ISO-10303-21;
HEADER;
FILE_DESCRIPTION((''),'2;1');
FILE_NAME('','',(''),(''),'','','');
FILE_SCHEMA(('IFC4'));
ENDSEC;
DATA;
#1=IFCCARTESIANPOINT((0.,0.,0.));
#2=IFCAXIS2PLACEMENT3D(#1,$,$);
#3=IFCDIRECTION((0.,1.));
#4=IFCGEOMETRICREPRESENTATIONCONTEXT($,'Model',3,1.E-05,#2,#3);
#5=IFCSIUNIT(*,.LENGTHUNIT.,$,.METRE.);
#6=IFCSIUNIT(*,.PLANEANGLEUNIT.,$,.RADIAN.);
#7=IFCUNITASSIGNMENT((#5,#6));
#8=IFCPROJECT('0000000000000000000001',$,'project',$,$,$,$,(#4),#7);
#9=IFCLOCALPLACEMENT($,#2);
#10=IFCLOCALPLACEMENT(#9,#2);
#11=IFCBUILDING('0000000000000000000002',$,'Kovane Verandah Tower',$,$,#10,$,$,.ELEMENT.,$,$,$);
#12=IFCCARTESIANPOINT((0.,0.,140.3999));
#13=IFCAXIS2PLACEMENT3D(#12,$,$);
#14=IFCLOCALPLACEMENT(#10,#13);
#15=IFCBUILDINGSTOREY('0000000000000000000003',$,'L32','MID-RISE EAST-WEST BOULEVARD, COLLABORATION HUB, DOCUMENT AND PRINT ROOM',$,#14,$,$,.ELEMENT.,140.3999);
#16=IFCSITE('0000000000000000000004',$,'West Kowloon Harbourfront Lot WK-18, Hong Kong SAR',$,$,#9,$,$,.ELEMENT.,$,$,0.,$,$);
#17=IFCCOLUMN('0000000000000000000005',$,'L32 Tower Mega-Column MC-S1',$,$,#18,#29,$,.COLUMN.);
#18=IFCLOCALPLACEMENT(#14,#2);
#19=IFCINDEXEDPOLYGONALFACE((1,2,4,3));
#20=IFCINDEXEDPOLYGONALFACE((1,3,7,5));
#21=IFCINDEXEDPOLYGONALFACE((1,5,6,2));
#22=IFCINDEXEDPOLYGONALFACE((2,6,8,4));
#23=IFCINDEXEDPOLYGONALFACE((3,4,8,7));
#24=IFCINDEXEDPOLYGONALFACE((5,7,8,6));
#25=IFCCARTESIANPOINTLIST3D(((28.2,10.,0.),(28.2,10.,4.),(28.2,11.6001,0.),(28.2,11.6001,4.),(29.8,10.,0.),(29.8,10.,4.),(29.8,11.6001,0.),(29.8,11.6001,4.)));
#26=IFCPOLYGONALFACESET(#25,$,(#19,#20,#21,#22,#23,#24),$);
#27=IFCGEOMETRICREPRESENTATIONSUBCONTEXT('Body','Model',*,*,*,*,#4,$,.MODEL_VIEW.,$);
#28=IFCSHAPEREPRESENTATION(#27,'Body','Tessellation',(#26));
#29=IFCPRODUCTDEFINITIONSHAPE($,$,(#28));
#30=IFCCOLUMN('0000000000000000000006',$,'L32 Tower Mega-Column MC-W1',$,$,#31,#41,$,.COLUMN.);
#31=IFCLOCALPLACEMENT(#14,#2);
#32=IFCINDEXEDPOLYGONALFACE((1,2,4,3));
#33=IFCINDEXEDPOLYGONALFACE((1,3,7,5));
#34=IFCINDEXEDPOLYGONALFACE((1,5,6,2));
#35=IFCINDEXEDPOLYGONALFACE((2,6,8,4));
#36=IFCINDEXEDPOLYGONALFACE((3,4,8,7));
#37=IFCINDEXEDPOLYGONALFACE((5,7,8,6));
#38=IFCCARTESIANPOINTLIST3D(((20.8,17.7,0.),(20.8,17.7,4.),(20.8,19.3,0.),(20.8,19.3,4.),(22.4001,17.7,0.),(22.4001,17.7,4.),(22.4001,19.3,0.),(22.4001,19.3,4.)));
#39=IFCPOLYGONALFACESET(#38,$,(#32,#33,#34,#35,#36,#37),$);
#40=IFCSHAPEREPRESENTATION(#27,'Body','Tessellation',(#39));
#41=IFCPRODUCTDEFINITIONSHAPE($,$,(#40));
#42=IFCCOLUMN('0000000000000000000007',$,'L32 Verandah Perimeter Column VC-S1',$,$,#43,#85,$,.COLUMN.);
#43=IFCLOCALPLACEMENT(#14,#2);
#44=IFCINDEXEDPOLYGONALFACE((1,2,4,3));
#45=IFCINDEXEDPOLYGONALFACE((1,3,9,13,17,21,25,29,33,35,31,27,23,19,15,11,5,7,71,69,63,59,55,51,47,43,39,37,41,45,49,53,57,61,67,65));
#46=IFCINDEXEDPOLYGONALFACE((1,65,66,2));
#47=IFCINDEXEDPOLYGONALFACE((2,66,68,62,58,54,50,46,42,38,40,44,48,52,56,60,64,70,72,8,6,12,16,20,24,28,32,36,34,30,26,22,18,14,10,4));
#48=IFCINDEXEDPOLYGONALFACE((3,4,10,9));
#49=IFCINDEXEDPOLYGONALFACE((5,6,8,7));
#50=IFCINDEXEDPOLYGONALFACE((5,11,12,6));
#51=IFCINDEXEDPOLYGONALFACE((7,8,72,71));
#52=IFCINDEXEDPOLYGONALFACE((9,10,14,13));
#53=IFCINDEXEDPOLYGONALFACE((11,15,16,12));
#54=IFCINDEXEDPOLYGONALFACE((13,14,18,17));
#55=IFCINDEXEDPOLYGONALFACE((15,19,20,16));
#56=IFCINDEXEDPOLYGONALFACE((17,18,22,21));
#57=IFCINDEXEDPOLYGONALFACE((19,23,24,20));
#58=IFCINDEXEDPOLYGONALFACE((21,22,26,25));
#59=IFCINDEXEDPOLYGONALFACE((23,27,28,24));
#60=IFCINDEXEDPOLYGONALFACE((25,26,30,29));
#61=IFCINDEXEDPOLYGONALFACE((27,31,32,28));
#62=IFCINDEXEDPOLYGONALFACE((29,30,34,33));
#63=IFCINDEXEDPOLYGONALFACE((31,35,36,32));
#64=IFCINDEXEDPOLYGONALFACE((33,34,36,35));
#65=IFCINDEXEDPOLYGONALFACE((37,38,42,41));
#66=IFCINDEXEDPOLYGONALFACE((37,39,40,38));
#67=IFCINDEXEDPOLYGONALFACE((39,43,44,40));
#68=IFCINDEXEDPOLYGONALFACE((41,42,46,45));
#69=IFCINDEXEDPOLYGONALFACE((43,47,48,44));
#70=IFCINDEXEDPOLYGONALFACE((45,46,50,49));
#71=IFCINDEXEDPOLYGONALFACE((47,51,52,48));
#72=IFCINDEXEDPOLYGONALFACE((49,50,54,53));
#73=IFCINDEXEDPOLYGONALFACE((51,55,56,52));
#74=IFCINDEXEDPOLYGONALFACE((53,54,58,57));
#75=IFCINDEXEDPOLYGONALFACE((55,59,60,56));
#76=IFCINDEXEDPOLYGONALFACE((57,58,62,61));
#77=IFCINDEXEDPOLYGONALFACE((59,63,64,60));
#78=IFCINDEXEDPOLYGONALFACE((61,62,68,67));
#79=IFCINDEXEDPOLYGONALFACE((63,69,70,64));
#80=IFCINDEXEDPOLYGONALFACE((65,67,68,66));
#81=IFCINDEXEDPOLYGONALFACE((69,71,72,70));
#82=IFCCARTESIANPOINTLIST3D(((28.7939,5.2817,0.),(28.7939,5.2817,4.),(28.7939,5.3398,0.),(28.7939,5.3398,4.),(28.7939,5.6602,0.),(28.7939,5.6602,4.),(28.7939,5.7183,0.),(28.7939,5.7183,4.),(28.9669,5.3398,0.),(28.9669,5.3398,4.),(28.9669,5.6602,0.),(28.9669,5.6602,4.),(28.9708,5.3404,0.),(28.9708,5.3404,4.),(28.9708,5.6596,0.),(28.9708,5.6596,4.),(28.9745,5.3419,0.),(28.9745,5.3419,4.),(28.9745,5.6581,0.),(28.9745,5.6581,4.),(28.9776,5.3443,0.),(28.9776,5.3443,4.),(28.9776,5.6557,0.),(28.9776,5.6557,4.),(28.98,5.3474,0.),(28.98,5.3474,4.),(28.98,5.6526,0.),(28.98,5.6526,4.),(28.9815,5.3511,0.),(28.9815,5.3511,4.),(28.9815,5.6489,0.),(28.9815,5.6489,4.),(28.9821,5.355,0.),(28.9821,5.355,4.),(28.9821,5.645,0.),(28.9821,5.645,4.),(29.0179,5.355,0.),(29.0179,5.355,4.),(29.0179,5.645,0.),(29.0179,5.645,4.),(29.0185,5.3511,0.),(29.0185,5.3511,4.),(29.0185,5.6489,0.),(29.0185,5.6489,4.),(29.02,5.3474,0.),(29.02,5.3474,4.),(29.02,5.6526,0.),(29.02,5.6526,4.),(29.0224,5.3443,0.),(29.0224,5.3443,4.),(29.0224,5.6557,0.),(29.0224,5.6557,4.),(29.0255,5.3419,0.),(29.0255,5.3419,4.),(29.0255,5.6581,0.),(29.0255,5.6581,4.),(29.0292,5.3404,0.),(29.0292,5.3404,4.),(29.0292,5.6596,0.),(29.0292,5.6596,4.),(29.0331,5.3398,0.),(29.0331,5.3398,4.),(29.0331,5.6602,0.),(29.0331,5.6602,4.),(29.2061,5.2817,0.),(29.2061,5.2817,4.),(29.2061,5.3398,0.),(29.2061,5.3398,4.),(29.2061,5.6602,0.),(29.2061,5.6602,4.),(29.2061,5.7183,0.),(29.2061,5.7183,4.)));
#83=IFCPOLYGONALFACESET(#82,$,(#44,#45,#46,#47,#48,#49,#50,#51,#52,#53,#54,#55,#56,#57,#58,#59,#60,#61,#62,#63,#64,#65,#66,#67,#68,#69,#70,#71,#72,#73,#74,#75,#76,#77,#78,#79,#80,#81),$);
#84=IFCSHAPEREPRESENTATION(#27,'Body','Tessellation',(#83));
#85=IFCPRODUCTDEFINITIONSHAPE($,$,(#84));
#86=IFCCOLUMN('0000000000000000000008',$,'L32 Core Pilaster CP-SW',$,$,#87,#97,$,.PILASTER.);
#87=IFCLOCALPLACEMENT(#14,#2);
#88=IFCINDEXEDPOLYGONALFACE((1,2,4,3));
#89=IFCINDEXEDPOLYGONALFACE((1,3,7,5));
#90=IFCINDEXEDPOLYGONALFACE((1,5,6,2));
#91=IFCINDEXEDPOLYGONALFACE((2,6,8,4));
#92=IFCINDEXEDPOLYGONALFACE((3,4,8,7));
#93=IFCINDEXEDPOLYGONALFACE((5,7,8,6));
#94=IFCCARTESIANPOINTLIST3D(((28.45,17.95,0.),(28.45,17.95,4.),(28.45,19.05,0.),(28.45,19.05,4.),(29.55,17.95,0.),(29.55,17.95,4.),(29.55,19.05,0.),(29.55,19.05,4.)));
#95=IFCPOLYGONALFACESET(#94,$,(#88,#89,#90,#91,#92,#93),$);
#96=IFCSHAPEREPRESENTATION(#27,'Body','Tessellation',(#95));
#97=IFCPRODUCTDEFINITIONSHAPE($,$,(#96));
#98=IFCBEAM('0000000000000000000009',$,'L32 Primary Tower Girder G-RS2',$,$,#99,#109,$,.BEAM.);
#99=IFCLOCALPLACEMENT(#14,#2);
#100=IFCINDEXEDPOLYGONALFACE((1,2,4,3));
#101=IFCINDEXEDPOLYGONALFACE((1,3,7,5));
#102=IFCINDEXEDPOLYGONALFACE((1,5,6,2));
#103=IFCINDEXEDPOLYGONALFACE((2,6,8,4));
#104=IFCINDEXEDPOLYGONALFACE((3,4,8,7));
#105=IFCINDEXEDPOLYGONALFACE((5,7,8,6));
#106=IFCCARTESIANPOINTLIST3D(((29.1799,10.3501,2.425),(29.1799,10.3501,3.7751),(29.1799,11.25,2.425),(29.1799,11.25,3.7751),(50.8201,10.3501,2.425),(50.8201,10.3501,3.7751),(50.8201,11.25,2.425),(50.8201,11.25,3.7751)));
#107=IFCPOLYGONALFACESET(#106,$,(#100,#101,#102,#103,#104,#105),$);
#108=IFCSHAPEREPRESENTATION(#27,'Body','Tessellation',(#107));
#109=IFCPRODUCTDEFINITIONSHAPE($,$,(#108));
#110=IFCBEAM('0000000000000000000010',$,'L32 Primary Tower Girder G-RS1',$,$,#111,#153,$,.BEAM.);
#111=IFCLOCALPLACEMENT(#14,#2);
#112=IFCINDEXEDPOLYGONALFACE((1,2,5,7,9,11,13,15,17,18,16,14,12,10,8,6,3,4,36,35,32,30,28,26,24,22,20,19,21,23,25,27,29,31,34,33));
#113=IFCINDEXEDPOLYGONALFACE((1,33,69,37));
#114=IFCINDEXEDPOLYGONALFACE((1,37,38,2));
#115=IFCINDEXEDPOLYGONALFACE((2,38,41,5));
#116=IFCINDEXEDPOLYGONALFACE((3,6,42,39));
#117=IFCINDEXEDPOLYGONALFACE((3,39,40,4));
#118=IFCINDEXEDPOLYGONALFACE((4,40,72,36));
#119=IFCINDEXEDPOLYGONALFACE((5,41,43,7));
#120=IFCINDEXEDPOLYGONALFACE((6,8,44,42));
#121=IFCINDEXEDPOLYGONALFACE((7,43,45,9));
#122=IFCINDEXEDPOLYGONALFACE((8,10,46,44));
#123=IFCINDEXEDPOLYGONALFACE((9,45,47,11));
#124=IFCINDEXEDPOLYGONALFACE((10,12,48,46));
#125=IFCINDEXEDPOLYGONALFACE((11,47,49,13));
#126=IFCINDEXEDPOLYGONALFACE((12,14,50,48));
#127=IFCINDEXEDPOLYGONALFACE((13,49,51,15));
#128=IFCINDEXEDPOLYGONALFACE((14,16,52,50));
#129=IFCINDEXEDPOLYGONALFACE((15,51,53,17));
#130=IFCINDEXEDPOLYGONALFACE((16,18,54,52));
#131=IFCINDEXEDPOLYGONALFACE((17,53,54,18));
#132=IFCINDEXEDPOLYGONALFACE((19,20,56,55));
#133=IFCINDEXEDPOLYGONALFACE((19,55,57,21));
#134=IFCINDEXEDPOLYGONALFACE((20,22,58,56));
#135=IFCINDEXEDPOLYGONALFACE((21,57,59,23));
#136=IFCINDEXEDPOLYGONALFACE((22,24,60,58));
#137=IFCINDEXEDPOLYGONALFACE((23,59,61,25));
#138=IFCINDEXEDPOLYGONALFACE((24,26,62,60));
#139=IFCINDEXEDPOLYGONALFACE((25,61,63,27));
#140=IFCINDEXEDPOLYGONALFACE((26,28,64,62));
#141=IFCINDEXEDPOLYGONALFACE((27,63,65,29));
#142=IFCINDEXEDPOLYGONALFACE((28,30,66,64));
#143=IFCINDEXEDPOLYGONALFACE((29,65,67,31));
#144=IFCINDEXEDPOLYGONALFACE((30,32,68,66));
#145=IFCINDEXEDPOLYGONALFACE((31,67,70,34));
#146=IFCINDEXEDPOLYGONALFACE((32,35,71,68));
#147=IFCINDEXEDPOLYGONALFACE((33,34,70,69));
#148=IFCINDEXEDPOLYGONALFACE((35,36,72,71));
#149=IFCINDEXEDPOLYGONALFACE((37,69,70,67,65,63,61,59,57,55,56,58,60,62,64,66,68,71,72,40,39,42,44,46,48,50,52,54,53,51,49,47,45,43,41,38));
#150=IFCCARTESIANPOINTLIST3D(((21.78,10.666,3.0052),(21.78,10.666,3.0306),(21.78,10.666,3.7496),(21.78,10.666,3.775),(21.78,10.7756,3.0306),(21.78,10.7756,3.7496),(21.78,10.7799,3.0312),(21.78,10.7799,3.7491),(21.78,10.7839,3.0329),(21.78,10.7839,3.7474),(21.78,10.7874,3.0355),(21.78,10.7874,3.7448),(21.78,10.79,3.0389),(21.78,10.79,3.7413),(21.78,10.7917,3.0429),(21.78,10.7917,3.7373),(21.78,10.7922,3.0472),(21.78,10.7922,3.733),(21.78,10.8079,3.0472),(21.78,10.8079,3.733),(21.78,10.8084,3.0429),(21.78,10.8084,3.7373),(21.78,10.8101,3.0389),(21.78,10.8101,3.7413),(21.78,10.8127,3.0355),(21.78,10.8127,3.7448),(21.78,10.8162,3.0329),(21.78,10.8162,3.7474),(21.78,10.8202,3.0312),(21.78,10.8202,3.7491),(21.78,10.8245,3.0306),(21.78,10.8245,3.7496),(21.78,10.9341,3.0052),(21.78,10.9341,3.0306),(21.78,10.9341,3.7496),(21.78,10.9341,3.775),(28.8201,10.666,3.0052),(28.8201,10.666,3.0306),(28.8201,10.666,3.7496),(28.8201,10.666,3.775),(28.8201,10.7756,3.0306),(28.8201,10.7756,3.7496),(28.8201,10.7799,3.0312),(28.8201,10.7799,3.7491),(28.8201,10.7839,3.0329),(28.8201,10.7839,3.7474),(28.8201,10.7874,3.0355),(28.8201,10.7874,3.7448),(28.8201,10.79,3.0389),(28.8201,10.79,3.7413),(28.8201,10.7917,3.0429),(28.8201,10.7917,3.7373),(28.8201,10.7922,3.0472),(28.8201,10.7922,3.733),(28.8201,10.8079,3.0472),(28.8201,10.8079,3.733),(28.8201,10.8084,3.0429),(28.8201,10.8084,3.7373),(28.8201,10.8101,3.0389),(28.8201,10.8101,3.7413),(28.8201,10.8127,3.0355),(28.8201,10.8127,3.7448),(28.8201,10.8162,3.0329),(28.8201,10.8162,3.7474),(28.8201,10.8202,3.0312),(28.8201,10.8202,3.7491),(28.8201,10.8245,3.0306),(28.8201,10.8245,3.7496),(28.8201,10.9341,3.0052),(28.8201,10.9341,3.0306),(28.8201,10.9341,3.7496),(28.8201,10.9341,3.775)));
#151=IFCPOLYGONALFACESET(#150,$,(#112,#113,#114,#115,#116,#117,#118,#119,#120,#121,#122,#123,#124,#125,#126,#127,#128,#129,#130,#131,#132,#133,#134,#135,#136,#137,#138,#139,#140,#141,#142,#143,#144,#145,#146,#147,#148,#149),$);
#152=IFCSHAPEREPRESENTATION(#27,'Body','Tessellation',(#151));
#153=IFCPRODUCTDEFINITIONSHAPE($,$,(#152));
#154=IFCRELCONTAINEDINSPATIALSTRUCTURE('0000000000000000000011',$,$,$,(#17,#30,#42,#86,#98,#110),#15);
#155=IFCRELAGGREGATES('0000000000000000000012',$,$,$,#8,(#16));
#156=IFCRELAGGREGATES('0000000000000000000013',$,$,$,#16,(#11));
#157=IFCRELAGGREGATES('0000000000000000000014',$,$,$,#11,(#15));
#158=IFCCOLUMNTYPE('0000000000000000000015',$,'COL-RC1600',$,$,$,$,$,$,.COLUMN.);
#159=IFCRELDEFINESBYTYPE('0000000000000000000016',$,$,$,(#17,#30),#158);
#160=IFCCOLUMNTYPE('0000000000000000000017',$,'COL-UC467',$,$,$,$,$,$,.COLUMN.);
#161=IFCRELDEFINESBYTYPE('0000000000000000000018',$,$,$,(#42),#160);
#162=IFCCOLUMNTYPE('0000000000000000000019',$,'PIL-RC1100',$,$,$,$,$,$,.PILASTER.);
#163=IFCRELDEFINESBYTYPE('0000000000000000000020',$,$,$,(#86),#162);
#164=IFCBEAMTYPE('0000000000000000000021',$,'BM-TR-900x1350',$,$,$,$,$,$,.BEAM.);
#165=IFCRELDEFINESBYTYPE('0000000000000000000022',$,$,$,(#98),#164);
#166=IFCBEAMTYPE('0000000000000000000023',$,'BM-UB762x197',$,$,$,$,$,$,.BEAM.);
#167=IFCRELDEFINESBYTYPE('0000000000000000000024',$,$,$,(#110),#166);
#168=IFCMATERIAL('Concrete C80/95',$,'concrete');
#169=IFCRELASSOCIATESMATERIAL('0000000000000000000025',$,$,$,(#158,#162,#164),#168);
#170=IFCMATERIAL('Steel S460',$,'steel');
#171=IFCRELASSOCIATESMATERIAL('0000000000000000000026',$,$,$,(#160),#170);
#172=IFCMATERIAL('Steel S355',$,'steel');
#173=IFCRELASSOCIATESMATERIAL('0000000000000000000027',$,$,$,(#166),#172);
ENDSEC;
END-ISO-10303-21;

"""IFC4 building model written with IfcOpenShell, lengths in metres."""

from ifc_helpers import new_model, si_unit, direction, frame, origin, origin_2d, place, context, subcontext, project, spatial, rectangle, i_section, extrude, material, material_profile, profile_set, type_object, element, save


model = new_model("IFC4")

# Units and contexts
model_context = context("Model", 3, precision=1e-05, world=origin(), true_north=direction((0.0, 1.0)))
body_context = subcontext(model_context, "Body", "Model", "MODEL_VIEW")
ifc_project = project(units=[si_unit("LENGTHUNIT", "METRE"), si_unit("PLANEANGLEUNIT", "RADIAN")], contexts=[model_context])

# Site, building, storey
site_placement = place(None, origin())
site = spatial("IfcSite", under=ifc_project, at=site_placement, Name="West Kowloon Harbourfront Lot WK-18, Hong Kong SAR", CompositionType="ELEMENT", RefElevation=0.0)
building_placement = place(site_placement, origin())
building = spatial("IfcBuilding", under=site, at=building_placement, Name="Kovane Verandah Tower", CompositionType="ELEMENT")
storey_placement = place(building_placement, frame((0.0, 0.0, 140.3999)))
storey = spatial("IfcBuildingStorey", under=building, at=storey_placement, Name="L32", Description="MID-RISE EAST-WEST BOULEVARD, COLLABORATION HUB, DOCUMENT AND PRINT ROOM", CompositionType="ELEMENT", Elevation=140.3999)

# Columns
ifc_material_1 = material(Name="Concrete C80/95", Category="concrete")
ifc_material_profile_1 = material_profile(ifc_material_1, rectangle(XDim=1.6001, YDim=1.6001, at=origin_2d()), Name="RC1600x1600")
ifc_profile_set_1 = profile_set([ifc_material_profile_1], Name="Concrete C80/95")
column_type_1 = type_object("IfcColumnType", Name="COL-RC1600", PredefinedType="COLUMN", material=ifc_profile_set_1)
for number, where, z_axis, x_axis, name in (
    (1, (29.0, 10.8, 0.0), (0.0, 0.0, 1.0), (1.0, 0.0, 0.0), "L32 Tower Mega-Column MC-S1"),
    (2, (21.6001, 18.5, 0.0), (0.0, 0.0, 1.0), (1.0, 0.0, 0.0), "L32 Tower Mega-Column MC-W1"),
):
    element("IfcColumn", number, at=place(storey_placement, frame(where, z_axis=z_axis, x_axis=x_axis)), inside=storey, type_object=column_type_1, Name=name, PredefinedType="COLUMN", context=body_context, shape_type="SweptSolid", body=[
        extrude(rectangle(XDim=1.6001, YDim=1.6001, at=origin_2d()), origin(), (0.0, 0.0, 1.0), 4.0),
    ])
ifc_material_2 = material(Name="Steel S460", Category="steel")
ifc_material_profile_2 = material_profile(ifc_material_2, i_section(OverallWidth=0.4121, OverallDepth=0.4365, WebThickness=0.0359, FlangeThickness=0.0581, FilletRadius=0.0151, at=origin_2d()), Name="UC356x406x467")
ifc_profile_set_2 = profile_set([ifc_material_profile_2], Name="Steel S460")
column_type_2 = type_object("IfcColumnType", Name="COL-UC467", PredefinedType="COLUMN", material=ifc_profile_set_2)
column_1_placement = place(storey_placement, frame((29.0, 5.5, 0.0), z_axis=(0.0, 0.0, 1.0), x_axis=(1.0, 0.0, 0.0)))
element("IfcColumn", 3, at=column_1_placement, inside=storey, type_object=column_type_2, Name="L32 Verandah Perimeter Column VC-S1", PredefinedType="COLUMN", context=body_context, shape_type="SweptSolid", body=[
    extrude(i_section(OverallWidth=0.4121, OverallDepth=0.4365, WebThickness=0.0359, FlangeThickness=0.0581, FilletRadius=0.0151, at=origin_2d()), origin(), (0.0, 0.0, 1.0), 4.0),
])
ifc_material_profile_3 = material_profile(ifc_material_1, rectangle(XDim=1.1001, YDim=1.1001, at=origin_2d()), Name="RC1100x1100")
ifc_profile_set_3 = profile_set([ifc_material_profile_3], Name="Concrete C80/95")
column_type_3 = type_object("IfcColumnType", Name="PIL-RC1100", PredefinedType="PILASTER", material=ifc_profile_set_3)
column_2_placement = place(storey_placement, frame((29.0, 18.5, 0.0), z_axis=(0.0, 0.0, 1.0), x_axis=(1.0, 0.0, 0.0)))
element("IfcColumn", 4, at=column_2_placement, inside=storey, type_object=column_type_3, Name="L32 Core Pilaster CP-SW", PredefinedType="PILASTER", context=body_context, shape_type="SweptSolid", body=[
    extrude(rectangle(XDim=1.1001, YDim=1.1001, at=origin_2d()), origin(), (0.0, 0.0, 1.0), 4.0),
])

# Beams
ifc_material_profile_4 = material_profile(ifc_material_1, rectangle(XDim=0.8999, YDim=1.3501, at=origin_2d()), Name="RCB900x1350")
ifc_profile_set_4 = profile_set([ifc_material_profile_4], Name="Concrete C80/95")
beam_type_1 = type_object("IfcBeamType", Name="BM-TR-900x1350", PredefinedType="BEAM", material=ifc_profile_set_4)
beam_1_placement = place(storey_placement, frame((29.1799, 10.8, 3.1001), z_axis=(1.0, 0.0, 0.0), x_axis=(0.0, 1.0, 0.0)))
element("IfcBeam", 5, at=beam_1_placement, inside=storey, type_object=beam_type_1, Name="L32 Primary Tower Girder G-RS2", PredefinedType="BEAM", context=body_context, shape_type="SweptSolid", body=[
    extrude(rectangle(XDim=0.8999, YDim=1.3501, at=origin_2d()), origin(), (0.0, 0.0, 1.0), 21.6401),
])
ifc_material_3 = material(Name="Steel S355", Category="steel")
ifc_material_profile_5 = material_profile(ifc_material_3, i_section(OverallWidth=0.2681, OverallDepth=0.7698, WebThickness=0.0156, FlangeThickness=0.0254, FilletRadius=0.0166, at=origin_2d()), Name="UB762x267x197")
ifc_profile_set_5 = profile_set([ifc_material_profile_5], Name="Steel S355")
beam_type_2 = type_object("IfcBeamType", Name="BM-UB762x197", PredefinedType="BEAM", material=ifc_profile_set_5)
for number, where, z_axis, x_axis, name in (
    (6, (21.78, 10.8, 3.3901), (1.0, 0.0, 0.0), (0.0, 1.0, 0.0), "L32 Primary Tower Girder G-RS1"),
):
    element("IfcBeam", number, at=place(storey_placement, frame(where, z_axis=z_axis, x_axis=x_axis)), inside=storey, type_object=beam_type_2, Name=name, PredefinedType="BEAM", context=body_context, shape_type="SweptSolid", body=[
        extrude(i_section(OverallWidth=0.2681, OverallDepth=0.7698, WebThickness=0.0156, FlangeThickness=0.0254, FilletRadius=0.0166, at=origin_2d()), origin(), (0.0, 0.0, 1.0), 7.04),
    ])

save(model, "model.ifc")
